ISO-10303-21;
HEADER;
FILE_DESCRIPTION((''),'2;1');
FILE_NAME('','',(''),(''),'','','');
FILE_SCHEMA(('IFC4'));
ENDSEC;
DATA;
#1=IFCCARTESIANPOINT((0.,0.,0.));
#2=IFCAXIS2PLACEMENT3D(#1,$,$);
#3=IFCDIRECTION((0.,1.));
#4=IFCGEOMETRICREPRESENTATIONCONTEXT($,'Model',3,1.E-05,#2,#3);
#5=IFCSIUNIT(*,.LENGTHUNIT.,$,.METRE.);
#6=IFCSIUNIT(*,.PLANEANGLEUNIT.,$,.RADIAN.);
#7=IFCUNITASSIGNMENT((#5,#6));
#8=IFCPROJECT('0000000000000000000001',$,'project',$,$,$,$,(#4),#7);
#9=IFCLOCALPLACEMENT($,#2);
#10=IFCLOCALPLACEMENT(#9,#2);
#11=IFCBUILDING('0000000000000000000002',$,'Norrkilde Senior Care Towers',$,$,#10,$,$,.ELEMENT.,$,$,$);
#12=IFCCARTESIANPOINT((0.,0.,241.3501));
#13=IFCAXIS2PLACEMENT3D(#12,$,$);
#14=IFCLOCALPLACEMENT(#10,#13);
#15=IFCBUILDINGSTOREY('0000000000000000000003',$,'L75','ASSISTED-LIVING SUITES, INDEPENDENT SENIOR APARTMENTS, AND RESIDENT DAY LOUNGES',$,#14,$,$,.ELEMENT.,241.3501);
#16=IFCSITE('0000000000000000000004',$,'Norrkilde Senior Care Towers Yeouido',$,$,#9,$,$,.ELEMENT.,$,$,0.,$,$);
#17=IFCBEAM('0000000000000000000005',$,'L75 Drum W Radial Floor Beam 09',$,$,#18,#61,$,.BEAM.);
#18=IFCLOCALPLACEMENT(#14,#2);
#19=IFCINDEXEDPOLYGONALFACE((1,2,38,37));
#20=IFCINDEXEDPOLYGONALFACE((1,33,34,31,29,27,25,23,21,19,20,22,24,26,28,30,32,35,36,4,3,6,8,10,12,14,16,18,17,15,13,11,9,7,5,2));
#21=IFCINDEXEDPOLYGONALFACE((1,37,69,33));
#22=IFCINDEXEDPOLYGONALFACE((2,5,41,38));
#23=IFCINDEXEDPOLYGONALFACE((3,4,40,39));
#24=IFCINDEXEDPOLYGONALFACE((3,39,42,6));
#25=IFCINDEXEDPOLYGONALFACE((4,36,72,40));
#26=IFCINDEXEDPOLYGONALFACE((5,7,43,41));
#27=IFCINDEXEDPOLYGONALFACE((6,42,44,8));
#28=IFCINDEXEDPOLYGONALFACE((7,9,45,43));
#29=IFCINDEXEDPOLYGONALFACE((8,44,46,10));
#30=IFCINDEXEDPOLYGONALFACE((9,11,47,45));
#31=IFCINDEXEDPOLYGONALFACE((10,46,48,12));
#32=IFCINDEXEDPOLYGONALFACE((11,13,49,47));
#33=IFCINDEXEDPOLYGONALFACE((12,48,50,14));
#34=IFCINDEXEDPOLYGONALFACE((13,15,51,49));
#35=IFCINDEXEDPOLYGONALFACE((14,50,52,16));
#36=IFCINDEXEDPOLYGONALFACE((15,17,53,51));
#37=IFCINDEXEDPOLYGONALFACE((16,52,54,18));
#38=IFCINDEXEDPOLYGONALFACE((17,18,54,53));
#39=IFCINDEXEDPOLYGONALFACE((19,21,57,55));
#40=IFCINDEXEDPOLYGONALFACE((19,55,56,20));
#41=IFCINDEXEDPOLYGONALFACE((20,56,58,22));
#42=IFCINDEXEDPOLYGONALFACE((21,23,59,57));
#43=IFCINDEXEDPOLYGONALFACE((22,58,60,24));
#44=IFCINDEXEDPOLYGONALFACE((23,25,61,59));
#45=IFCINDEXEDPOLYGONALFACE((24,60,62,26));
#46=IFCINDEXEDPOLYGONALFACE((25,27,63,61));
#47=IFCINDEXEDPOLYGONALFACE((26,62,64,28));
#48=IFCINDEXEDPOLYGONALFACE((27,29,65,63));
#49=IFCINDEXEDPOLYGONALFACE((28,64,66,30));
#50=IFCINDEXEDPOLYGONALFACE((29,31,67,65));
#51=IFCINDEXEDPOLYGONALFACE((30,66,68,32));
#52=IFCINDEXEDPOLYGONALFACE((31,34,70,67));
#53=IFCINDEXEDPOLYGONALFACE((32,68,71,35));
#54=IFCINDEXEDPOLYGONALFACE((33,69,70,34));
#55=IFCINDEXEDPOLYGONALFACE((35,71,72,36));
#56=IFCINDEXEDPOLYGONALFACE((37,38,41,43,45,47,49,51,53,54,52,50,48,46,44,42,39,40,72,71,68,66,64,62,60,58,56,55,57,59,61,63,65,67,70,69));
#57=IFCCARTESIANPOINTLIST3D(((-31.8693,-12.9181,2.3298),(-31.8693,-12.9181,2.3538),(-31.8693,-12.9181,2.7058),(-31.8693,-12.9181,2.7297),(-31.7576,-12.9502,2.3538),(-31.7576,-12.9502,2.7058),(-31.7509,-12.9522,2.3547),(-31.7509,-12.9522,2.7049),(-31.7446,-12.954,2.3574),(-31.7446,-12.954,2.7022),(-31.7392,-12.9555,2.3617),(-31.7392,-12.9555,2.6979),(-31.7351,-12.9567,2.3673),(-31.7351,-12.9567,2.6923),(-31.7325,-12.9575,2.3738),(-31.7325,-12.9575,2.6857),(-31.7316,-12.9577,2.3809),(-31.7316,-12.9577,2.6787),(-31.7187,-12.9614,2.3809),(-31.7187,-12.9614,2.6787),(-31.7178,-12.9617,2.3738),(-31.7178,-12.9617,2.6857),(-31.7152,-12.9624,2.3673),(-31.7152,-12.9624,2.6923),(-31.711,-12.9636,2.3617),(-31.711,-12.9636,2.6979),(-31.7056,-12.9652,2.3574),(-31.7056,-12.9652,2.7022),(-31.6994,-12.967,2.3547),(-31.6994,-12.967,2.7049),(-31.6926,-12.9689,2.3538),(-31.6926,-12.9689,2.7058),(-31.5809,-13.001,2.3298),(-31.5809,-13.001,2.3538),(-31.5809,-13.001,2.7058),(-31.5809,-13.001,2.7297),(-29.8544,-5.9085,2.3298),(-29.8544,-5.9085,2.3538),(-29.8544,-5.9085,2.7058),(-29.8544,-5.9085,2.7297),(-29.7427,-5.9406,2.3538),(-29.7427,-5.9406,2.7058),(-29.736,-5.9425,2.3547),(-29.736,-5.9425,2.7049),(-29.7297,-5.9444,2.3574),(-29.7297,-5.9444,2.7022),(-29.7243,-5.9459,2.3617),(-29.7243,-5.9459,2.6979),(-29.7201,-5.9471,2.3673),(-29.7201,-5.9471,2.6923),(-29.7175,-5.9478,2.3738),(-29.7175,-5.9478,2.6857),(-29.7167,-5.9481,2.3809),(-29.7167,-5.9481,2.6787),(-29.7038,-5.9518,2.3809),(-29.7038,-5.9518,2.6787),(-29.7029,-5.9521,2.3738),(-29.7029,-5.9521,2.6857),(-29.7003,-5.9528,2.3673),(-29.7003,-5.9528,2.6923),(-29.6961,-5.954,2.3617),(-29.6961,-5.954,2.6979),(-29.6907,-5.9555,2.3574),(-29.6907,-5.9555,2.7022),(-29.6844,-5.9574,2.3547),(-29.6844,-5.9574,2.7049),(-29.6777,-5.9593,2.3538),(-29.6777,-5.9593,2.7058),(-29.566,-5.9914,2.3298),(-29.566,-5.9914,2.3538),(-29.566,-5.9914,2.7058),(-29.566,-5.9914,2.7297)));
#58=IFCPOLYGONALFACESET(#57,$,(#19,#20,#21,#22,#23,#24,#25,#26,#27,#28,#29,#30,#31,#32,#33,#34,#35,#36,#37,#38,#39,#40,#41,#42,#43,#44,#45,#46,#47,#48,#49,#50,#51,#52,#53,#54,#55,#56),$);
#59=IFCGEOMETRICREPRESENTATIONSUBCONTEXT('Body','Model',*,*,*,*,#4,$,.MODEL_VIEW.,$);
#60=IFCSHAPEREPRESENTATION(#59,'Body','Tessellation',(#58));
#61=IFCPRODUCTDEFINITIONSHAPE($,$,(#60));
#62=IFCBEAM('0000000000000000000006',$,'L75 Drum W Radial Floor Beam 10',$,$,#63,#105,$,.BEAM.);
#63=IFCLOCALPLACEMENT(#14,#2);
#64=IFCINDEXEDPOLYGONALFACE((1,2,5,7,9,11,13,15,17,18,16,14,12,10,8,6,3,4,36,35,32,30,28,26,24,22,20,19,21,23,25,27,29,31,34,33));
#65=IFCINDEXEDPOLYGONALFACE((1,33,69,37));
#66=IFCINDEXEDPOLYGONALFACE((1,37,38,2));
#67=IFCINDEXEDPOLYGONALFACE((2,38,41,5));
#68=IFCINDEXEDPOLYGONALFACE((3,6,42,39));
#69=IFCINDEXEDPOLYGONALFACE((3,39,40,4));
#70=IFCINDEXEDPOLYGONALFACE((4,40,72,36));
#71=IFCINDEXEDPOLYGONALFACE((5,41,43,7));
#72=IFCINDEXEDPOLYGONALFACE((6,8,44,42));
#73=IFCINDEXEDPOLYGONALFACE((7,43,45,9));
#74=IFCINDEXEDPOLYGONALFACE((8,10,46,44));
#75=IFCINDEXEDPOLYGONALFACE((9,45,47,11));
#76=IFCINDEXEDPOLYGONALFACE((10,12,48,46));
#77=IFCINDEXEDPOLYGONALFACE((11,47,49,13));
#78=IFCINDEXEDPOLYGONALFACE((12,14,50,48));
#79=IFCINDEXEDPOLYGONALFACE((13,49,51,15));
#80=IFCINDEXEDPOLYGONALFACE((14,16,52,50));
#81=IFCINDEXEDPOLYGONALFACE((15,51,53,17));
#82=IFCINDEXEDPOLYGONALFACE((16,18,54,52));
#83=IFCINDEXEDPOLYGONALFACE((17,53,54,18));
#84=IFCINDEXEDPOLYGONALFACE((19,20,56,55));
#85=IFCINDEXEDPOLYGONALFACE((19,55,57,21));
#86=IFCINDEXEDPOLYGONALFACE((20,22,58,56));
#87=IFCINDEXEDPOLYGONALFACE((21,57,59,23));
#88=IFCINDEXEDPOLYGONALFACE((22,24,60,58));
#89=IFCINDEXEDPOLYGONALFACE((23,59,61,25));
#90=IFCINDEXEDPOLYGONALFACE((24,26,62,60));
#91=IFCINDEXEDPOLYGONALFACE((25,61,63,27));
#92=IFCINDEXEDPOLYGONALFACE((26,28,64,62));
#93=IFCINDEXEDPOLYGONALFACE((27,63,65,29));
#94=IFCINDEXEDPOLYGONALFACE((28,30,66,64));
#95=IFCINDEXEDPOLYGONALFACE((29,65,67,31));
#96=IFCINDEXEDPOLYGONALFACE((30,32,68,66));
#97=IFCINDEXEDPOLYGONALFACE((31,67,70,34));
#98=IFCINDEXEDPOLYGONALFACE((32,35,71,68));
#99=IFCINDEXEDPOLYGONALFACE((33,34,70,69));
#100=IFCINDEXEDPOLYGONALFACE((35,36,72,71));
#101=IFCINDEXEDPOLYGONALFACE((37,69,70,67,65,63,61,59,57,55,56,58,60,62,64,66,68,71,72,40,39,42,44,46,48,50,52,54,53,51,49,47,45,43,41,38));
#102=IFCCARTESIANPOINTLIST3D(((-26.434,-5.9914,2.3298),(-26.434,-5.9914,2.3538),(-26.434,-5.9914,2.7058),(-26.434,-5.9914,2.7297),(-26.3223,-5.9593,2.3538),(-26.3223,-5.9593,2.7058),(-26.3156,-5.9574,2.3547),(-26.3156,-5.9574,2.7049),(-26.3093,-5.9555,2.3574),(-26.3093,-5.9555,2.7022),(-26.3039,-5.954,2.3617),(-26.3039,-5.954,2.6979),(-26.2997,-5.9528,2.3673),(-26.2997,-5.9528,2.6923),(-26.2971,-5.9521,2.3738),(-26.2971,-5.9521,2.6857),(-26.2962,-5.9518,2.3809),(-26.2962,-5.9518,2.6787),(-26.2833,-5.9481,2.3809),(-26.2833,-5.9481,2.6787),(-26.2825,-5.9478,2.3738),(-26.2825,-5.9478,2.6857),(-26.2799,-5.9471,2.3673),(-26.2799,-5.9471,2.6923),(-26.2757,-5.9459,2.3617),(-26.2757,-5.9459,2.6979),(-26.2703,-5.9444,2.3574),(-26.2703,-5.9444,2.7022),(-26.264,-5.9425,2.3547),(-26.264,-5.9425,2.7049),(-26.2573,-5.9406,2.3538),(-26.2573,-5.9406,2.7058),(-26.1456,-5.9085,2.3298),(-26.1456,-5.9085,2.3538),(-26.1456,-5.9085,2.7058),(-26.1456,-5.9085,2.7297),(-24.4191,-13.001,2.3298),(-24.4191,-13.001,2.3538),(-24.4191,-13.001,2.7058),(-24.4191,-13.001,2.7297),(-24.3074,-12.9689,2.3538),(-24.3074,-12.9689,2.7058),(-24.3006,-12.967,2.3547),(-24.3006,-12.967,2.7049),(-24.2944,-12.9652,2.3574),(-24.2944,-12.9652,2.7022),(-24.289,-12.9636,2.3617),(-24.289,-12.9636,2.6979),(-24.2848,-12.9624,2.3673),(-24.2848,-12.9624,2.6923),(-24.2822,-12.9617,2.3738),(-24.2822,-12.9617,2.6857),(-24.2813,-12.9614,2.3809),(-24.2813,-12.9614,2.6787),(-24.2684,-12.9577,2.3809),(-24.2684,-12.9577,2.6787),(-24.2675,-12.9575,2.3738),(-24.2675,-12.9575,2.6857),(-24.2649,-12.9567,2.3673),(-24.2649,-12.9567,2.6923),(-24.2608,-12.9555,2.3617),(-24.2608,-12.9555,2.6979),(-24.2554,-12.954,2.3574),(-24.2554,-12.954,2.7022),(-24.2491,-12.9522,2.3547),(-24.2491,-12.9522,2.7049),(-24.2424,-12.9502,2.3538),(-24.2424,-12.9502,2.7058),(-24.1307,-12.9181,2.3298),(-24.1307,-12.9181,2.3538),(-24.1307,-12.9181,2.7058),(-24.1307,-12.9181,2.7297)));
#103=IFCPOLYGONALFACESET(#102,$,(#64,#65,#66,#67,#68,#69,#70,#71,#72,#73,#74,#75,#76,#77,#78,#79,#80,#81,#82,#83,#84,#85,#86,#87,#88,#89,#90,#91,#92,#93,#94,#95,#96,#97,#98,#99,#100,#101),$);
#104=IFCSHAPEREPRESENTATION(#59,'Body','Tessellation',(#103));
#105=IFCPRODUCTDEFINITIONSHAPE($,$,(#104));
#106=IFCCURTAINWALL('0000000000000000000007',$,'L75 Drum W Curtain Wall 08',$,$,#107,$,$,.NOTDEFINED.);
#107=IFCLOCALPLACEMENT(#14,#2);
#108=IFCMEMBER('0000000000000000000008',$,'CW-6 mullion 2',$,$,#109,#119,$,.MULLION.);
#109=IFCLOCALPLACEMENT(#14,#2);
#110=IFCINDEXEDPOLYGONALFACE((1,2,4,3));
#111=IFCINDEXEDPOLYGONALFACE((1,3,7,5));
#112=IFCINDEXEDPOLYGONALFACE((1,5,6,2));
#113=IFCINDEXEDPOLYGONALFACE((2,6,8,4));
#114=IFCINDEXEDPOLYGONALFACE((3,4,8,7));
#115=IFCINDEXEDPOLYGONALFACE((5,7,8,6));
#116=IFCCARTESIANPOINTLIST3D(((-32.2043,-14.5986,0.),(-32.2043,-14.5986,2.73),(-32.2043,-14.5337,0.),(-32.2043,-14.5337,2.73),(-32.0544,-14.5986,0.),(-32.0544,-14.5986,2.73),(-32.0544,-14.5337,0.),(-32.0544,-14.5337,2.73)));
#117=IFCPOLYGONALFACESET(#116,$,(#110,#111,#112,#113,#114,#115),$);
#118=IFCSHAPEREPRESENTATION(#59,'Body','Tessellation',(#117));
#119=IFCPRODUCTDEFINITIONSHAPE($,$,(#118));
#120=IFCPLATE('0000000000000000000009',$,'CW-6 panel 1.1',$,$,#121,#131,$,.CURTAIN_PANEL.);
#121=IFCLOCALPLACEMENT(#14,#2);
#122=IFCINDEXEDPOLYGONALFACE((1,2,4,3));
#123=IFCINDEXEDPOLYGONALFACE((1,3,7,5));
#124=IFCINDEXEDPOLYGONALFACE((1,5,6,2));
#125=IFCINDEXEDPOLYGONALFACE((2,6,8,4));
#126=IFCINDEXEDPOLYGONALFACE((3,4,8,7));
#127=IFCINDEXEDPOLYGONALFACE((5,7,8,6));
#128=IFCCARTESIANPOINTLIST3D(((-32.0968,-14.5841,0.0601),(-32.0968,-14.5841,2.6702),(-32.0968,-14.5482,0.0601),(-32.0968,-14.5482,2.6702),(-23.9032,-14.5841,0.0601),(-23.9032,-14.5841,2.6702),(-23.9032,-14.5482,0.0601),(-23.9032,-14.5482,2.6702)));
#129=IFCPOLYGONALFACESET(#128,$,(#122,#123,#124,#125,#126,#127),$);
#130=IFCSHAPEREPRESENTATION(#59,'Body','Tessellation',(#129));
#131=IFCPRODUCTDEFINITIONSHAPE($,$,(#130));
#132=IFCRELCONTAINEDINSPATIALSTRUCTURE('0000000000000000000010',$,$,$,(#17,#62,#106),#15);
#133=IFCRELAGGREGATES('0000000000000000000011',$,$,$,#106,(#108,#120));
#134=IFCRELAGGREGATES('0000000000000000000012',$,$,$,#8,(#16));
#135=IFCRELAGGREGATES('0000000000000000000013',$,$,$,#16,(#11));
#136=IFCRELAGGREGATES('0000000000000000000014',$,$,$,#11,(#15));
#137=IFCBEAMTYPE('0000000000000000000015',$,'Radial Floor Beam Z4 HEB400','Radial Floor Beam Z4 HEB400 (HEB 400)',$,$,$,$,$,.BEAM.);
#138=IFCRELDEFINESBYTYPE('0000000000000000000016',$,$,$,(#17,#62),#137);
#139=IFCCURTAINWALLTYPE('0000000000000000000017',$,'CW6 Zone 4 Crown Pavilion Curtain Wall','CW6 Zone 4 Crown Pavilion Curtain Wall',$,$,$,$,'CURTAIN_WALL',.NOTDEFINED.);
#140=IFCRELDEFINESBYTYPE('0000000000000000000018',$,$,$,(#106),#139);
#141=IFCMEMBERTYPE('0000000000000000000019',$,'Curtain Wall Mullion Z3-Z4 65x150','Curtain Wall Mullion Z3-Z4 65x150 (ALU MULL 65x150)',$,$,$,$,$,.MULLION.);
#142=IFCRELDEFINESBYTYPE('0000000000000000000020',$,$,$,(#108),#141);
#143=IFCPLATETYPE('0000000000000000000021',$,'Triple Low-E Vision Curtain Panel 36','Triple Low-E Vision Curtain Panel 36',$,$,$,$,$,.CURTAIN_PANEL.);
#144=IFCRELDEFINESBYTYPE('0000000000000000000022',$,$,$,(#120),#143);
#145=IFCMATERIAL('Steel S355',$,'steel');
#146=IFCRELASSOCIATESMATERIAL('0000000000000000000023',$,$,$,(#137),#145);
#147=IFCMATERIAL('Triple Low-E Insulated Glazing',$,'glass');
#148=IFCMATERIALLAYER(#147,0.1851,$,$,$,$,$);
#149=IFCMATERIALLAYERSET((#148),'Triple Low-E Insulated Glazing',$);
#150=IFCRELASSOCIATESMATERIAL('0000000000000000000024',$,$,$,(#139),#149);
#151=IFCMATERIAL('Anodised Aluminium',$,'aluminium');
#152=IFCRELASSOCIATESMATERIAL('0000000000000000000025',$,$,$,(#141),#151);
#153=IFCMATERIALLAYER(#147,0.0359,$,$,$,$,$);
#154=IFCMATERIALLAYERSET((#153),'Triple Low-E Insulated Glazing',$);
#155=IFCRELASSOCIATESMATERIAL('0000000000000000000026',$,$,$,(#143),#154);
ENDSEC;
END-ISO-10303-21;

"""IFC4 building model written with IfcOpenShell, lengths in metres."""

from ifc_helpers import new_model, si_unit, direction, frame, origin, origin_2d, place, context, subcontext, project, spatial, rectangle, i_section, extrude, source, transform, mapped, material, layer, layer_set, material_profile, profile_set, type_object, type_shapes, element, aggregate, save


model = new_model("IFC4")

# Units and contexts
model_context = context("Model", 3, precision=1e-05, world=origin(), true_north=direction((0.0, 1.0)))
body_context = subcontext(model_context, "Body", "Model", "MODEL_VIEW")
ifc_project = project(units=[si_unit("LENGTHUNIT", "METRE"), si_unit("PLANEANGLEUNIT", "RADIAN")], contexts=[model_context])

# Site, building, storey
site_placement = place(None, origin())
site = spatial("IfcSite", under=ifc_project, at=site_placement, Name="Norrkilde Senior Care Towers Yeouido", CompositionType="ELEMENT", RefElevation=0.0)
building_placement = place(site_placement, origin())
building = spatial("IfcBuilding", under=site, at=building_placement, Name="Norrkilde Senior Care Towers", CompositionType="ELEMENT")
storey_placement = place(building_placement, frame((0.0, 0.0, 241.3501)))
storey = spatial("IfcBuildingStorey", under=building, at=storey_placement, Name="L75", Description="ASSISTED-LIVING SUITES, INDEPENDENT SENIOR APARTMENTS, AND RESIDENT DAY LOUNGES", CompositionType="ELEMENT", Elevation=241.3501)

# Beams
ifc_material_1 = material(Name="Steel S355", Category="steel")
ifc_material_profile_1 = material_profile(ifc_material_1, i_section(OverallWidth=0.3, OverallDepth=0.3999, WebThickness=0.0134, FlangeThickness=0.0239, FilletRadius=0.0271, at=origin_2d()), Name="HEB 400")
ifc_profile_set_1 = profile_set([ifc_material_profile_1], Name="Steel S355")
beam_type_1 = type_object("IfcBeamType", Name="Radial Floor Beam Z4 HEB400", Description="Radial Floor Beam Z4 HEB400 (HEB 400)", PredefinedType="BEAM", material=ifc_profile_set_1)
shared_shape_1 = source(origin(), body_context, "Body", "SweptSolid", [
    extrude(i_section(OverallWidth=0.3, OverallDepth=0.3999, WebThickness=0.0134, FlangeThickness=0.0239, FilletRadius=0.0271, at=origin_2d()), origin(), (0.0, 0.0, 1.0), 7.2935),
])
for number, where, z_axis, x_axis, name in (
    (1, (-29.7102, -5.95, 2.5298), (-0.276264, -0.961082, 0.0), (0.961082, -0.276264, 0.0), "L75 Drum W Radial Floor Beam 09"),
    (2, (-26.2898, -5.95, 2.5298), (0.276264, -0.961082, 0.0), (0.961082, 0.276264, 0.0), "L75 Drum W Radial Floor Beam 10"),
):
    element("IfcBeam", number, at=place(storey_placement, frame(where, z_axis=z_axis, x_axis=x_axis)), inside=storey, type_object=beam_type_1, Name=name, PredefinedType="BEAM", context=body_context, shape_type="MappedRepresentation", body=[
        mapped(shared_shape_1, transform((0.0, 0.0, 0.0), x_axis=(1.0, 0.0, 0.0), y_axis=(0.0, 1.0, 0.0), z_axis=(0.0, 0.0, 1.0), scale=1.0)),
    ])

# Curtain wall, member, plate
ifc_material_2 = material(Name="Triple Low-E Insulated Glazing", Category="glass")
ifc_layer_1 = layer(ifc_material_2, 0.1851)
ifc_layer_set_1 = layer_set([ifc_layer_1], Name="Triple Low-E Insulated Glazing")
curtain_wall_type = type_object("IfcCurtainWallType", Name="CW6 Zone 4 Crown Pavilion Curtain Wall", Description="CW6 Zone 4 Crown Pavilion Curtain Wall", ElementType="CURTAIN_WALL", PredefinedType="NOTDEFINED", material=ifc_layer_set_1)
curtain_wall_placement = place(storey_placement, origin())
curtain_wall = element("IfcCurtainWall", 3, at=curtain_wall_placement, inside=storey, type_object=curtain_wall_type, Name="L75 Drum W Curtain Wall 08", PredefinedType="NOTDEFINED")
ifc_material_3 = material(Name="Anodised Aluminium", Category="aluminium")
ifc_material_profile_2 = material_profile(ifc_material_3, rectangle(XDim=0.0649, YDim=0.1499, at=origin_2d()), Name="ALU MULL 65x150")
ifc_profile_set_2 = profile_set([ifc_material_profile_2], Name="Anodised Aluminium")
member_type = type_object("IfcMemberType", Name="Curtain Wall Mullion Z3-Z4 65x150", Description="Curtain Wall Mullion Z3-Z4 65x150 (ALU MULL 65x150)", PredefinedType="MULLION", material=ifc_profile_set_2)
shared_shape_2 = source(origin(), body_context, "Body", "SweptSolid", [
    extrude(rectangle(XDim=0.0649, YDim=0.1499, at=origin_2d()), origin(), (0.0, 0.0, 1.0), 2.73),
])
type_shapes(member_type, [shared_shape_2])
member_placement = place(storey_placement, frame((-32.1294, -14.5662, 0.0), z_axis=(0.0, 0.0, 1.0), x_axis=(0.0, -1.0, 0.0)))
member = element("IfcMember", 4, at=member_placement, type_object=member_type, Name="CW-6 mullion 2", PredefinedType="MULLION", context=body_context, shape_type="MappedRepresentation", body=[
    mapped(shared_shape_2, transform((0.0, 0.0, 0.0), x_axis=(1.0, 0.0, 0.0), y_axis=(0.0, 1.0, 0.0), z_axis=(0.0, 0.0, 1.0), scale=1.0)),
])
ifc_layer_2 = layer(ifc_material_2, 0.0359)
ifc_layer_set_2 = layer_set([ifc_layer_2], Name="Triple Low-E Insulated Glazing")
plate_type = type_object("IfcPlateType", Name="Triple Low-E Vision Curtain Panel 36", Description="Triple Low-E Vision Curtain Panel 36", PredefinedType="CURTAIN_PANEL", material=ifc_layer_set_2)
shared_shape_3 = source(origin(), body_context, "Body", "SweptSolid", [
    extrude(rectangle(XDim=8.1936, YDim=0.0359, at=origin_2d()), origin(), (0.0, 0.0, 1.0), 2.6101),
])
type_shapes(plate_type, [shared_shape_3])
plate_placement = place(storey_placement, frame((-28.0, -14.5662, 0.0601), z_axis=(0.0, 0.0, 1.0), x_axis=(-1.0, 0.0, 0.0)))
plate = element("IfcPlate", 5, at=plate_placement, type_object=plate_type, Name="CW-6 panel 1.1", PredefinedType="CURTAIN_PANEL", context=body_context, shape_type="MappedRepresentation", body=[
    mapped(shared_shape_3, transform((0.0, 0.0, 0.0), x_axis=(1.0, 0.0, 0.0), y_axis=(0.0, 1.0, 0.0), z_axis=(0.0, 0.0, 1.0), scale=1.0)),
])
aggregate(curtain_wall, [member, plate])

save(model, "model.ifc")
